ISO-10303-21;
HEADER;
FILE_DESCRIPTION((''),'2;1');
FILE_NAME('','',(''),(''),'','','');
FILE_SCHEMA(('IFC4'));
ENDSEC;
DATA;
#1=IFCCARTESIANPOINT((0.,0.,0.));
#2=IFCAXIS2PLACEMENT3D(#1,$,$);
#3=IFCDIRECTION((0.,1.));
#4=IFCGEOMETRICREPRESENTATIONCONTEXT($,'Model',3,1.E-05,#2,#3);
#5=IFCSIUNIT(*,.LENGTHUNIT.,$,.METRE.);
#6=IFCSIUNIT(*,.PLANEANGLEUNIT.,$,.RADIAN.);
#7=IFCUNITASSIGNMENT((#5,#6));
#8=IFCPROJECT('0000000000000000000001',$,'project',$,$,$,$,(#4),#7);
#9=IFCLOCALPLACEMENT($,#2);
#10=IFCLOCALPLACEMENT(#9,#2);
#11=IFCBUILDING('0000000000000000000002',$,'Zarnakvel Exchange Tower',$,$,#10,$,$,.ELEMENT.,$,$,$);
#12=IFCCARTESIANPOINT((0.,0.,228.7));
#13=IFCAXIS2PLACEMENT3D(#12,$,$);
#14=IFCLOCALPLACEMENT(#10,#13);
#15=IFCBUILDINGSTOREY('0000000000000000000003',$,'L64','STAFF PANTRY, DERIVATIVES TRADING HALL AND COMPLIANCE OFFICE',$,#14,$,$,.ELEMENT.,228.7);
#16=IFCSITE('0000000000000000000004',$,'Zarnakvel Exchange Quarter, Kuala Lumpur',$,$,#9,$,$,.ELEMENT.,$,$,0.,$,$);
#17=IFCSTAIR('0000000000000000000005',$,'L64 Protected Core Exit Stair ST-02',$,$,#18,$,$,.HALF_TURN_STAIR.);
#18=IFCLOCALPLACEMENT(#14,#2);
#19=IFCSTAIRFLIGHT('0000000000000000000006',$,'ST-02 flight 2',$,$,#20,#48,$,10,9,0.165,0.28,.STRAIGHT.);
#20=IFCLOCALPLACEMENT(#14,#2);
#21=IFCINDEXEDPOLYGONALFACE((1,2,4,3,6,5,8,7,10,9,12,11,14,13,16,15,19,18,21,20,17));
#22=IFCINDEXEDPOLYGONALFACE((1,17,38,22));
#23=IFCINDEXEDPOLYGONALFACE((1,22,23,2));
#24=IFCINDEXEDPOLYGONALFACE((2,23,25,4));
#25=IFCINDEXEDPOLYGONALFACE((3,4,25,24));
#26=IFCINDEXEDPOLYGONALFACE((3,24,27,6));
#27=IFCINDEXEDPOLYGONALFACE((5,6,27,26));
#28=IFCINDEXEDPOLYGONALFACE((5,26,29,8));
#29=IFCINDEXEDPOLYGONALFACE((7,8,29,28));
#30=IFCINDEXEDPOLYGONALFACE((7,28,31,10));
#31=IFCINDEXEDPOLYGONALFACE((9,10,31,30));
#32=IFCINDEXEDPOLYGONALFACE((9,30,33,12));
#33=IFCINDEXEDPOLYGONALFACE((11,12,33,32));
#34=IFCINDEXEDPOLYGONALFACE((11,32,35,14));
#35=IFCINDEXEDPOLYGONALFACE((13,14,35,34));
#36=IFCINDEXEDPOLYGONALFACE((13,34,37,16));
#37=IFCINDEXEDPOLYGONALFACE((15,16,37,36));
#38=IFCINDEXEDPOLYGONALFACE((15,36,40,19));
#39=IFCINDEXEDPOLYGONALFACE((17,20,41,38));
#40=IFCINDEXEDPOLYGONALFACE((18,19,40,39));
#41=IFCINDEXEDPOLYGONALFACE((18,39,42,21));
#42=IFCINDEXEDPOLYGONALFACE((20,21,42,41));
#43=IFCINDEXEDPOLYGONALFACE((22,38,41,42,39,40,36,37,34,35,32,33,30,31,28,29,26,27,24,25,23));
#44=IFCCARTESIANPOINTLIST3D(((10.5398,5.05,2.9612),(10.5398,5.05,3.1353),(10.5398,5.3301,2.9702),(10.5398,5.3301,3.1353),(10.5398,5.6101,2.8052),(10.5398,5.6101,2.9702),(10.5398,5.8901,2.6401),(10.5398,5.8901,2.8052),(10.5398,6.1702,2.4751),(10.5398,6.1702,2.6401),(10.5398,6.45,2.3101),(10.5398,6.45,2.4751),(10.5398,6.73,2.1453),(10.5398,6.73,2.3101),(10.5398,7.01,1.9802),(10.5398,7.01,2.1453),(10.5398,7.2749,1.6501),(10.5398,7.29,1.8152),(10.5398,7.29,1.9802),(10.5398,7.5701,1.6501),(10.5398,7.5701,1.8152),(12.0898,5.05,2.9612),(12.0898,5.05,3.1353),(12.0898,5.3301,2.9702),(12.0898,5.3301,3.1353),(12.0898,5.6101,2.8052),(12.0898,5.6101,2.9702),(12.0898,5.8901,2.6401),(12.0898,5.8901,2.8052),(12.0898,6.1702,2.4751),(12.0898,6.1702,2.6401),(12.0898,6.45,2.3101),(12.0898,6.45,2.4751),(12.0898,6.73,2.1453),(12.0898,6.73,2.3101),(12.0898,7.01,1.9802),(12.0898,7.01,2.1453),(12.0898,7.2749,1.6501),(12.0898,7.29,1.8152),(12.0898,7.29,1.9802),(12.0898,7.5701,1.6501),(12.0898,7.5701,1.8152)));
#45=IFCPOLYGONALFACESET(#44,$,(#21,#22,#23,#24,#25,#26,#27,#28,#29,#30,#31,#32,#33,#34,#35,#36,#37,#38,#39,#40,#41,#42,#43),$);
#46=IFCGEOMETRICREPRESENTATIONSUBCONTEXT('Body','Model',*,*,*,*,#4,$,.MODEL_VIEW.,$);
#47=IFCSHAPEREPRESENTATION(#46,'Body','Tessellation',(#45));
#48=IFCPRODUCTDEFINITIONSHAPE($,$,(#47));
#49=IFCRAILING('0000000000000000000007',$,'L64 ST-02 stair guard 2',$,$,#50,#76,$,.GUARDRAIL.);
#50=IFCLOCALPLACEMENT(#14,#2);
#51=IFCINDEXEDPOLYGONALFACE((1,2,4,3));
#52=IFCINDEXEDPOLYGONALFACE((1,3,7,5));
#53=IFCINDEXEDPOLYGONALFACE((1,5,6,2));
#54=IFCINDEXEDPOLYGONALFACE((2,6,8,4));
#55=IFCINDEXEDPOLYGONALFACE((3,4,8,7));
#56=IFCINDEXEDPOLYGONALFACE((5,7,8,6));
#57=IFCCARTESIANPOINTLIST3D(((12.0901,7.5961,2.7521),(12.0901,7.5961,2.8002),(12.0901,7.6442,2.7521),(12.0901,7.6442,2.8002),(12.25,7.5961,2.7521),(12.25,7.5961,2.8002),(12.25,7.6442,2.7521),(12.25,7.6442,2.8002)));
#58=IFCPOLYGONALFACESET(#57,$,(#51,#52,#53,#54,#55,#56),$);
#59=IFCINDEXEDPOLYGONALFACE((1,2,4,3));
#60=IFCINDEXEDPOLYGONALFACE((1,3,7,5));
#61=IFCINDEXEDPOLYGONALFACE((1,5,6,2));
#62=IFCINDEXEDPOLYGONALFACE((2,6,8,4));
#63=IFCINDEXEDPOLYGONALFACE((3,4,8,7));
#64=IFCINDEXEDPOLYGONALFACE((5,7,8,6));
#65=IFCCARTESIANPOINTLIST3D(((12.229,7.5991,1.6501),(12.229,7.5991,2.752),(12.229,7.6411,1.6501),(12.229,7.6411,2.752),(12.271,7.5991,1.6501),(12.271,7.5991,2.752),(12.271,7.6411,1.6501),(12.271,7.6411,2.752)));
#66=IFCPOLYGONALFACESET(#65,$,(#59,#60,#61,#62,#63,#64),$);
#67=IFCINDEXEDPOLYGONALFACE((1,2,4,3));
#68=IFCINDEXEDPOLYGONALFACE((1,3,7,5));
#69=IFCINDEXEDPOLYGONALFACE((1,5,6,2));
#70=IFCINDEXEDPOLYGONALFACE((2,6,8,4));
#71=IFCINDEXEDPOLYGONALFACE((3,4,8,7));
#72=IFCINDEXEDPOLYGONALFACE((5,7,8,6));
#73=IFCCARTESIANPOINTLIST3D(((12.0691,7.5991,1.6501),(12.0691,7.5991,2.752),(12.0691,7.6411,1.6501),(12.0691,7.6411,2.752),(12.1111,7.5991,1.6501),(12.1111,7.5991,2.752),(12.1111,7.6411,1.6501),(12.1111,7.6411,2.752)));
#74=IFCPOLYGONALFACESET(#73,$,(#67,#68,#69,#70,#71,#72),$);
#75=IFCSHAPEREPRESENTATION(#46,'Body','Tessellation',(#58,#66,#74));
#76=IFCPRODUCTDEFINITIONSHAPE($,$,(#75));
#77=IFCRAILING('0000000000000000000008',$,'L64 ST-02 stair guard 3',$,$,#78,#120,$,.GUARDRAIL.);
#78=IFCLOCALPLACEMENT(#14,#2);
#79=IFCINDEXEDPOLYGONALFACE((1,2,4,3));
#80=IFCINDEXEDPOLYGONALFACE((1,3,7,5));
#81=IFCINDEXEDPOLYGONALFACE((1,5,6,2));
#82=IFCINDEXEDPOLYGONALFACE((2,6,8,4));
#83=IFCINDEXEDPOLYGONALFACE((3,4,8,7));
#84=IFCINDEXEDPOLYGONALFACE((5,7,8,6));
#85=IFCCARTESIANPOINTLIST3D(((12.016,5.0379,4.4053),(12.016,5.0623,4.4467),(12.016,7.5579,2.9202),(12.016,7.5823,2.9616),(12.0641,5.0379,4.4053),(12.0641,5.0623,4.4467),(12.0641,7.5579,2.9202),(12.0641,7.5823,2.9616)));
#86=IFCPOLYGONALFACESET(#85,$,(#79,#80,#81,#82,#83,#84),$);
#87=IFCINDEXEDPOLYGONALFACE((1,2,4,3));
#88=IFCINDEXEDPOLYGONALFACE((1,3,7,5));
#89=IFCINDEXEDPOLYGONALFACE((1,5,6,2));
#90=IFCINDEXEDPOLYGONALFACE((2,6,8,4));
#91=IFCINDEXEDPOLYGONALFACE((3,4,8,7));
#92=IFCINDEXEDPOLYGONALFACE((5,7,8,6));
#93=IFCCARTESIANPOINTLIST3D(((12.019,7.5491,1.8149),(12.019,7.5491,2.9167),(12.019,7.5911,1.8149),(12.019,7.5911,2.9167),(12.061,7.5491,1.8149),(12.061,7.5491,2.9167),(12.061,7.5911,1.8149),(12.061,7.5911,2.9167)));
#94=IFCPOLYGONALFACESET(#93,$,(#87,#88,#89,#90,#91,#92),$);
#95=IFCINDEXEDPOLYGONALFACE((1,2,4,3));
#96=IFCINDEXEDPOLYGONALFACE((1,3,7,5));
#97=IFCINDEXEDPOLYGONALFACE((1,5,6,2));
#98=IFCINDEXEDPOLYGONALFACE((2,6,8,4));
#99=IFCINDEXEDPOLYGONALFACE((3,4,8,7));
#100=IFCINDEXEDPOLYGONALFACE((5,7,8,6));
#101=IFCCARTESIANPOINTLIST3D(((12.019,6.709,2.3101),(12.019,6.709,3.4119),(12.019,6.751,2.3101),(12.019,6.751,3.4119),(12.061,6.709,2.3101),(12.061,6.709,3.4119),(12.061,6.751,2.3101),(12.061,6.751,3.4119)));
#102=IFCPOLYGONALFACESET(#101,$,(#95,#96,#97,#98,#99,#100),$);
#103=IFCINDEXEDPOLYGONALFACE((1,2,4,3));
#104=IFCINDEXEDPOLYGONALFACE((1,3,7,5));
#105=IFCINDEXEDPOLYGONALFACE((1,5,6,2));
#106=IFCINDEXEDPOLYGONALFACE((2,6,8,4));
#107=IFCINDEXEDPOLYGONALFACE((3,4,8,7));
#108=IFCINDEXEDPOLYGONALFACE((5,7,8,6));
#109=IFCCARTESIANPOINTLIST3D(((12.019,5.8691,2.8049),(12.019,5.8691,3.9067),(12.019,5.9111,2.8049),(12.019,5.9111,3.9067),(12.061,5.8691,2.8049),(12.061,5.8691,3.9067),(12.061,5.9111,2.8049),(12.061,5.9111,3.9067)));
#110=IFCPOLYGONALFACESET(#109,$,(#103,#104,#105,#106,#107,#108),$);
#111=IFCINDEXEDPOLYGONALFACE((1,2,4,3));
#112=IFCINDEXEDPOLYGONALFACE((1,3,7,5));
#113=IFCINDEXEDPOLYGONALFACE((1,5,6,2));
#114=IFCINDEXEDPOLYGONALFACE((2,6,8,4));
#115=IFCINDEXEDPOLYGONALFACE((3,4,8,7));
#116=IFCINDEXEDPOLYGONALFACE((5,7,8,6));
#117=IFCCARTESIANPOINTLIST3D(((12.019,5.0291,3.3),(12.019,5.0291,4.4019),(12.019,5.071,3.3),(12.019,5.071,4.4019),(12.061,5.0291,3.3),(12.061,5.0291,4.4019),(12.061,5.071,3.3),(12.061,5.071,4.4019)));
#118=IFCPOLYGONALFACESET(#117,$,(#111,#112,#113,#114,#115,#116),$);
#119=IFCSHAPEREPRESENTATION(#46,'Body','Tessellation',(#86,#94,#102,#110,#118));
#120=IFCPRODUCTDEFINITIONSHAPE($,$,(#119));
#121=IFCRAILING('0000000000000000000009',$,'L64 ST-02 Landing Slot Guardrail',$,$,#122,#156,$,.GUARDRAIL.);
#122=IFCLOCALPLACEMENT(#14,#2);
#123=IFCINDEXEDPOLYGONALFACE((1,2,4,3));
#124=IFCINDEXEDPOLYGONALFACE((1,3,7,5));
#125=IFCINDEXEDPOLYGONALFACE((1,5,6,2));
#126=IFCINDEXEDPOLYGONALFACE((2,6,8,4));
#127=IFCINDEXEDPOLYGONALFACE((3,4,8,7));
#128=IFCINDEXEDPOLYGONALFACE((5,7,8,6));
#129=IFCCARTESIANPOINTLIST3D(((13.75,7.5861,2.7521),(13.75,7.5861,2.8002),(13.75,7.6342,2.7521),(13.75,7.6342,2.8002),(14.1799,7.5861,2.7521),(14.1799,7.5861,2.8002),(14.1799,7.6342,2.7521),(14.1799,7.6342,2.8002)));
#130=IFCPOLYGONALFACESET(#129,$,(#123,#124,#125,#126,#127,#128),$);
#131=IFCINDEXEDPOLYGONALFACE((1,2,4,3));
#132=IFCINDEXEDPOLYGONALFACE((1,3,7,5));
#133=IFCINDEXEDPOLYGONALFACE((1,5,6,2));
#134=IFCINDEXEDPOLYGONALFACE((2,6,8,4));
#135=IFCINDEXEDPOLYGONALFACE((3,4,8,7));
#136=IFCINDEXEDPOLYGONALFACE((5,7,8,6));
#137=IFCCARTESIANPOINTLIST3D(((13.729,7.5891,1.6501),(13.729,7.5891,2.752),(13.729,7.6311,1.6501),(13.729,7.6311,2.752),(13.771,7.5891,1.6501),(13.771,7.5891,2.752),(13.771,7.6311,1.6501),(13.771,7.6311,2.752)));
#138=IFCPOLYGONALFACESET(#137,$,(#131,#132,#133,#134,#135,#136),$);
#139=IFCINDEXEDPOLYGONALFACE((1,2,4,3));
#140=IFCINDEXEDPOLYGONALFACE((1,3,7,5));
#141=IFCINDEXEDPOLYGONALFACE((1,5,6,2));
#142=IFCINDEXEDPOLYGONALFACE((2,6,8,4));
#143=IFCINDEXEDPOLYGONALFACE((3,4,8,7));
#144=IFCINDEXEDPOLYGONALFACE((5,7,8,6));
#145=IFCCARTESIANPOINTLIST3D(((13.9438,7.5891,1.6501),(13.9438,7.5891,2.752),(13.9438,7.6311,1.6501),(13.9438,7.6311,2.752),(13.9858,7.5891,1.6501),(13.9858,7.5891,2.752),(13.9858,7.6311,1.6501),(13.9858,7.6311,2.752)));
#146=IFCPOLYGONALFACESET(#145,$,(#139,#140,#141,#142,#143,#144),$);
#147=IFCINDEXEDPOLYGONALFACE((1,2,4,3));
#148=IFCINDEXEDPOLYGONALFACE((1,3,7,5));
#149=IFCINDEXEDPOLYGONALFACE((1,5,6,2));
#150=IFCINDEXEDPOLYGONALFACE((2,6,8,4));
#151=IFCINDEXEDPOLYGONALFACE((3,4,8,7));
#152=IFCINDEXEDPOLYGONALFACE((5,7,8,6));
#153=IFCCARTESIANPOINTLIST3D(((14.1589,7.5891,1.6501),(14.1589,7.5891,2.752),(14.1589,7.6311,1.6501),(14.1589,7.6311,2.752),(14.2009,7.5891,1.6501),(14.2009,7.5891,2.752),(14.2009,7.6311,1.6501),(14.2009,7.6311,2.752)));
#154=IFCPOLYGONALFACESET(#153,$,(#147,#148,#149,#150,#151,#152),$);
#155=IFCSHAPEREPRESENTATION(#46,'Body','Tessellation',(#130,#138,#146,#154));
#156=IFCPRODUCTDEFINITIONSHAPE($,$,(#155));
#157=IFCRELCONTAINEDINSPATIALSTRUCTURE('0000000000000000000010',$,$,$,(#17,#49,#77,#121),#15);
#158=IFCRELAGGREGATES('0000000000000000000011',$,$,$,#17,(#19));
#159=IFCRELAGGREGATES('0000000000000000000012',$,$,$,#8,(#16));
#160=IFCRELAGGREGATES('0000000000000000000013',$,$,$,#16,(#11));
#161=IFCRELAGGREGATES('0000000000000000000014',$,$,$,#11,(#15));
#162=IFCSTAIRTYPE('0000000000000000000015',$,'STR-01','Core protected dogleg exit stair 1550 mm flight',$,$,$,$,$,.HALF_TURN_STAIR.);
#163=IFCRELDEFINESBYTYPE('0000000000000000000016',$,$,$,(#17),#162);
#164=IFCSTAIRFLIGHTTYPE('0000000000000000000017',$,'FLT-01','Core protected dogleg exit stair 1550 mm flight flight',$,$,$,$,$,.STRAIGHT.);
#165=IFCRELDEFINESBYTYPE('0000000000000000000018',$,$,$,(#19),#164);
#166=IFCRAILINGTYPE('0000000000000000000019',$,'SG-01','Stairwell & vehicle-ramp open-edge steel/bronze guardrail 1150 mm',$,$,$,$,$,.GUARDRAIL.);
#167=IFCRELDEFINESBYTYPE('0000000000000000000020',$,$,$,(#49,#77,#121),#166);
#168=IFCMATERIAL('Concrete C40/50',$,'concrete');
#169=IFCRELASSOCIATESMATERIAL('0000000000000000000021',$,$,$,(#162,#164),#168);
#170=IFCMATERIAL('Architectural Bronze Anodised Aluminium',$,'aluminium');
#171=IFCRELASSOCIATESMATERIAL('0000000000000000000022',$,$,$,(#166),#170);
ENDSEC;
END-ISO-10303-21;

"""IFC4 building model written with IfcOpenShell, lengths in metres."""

from ifc_helpers import new_model, si_unit, direction, frame, origin, origin_2d, place, context, subcontext, project, spatial, polyline, rectangle, outline, extrude, material, type_object, element, aggregate, save


model = new_model("IFC4")

# Units and contexts
model_context = context("Model", 3, precision=1e-05, world=origin(), true_north=direction((0.0, 1.0)))
body_context = subcontext(model_context, "Body", "Model", "MODEL_VIEW")
ifc_project = project(units=[si_unit("LENGTHUNIT", "METRE"), si_unit("PLANEANGLEUNIT", "RADIAN")], contexts=[model_context])

# Site, building, storey
site_placement = place(None, origin())
site = spatial("IfcSite", under=ifc_project, at=site_placement, Name="Zarnakvel Exchange Quarter, Kuala Lumpur", CompositionType="ELEMENT", RefElevation=0.0)
building_placement = place(site_placement, origin())
building = spatial("IfcBuilding", under=site, at=building_placement, Name="Zarnakvel Exchange Tower", CompositionType="ELEMENT")
storey_placement = place(building_placement, frame((0.0, 0.0, 228.7)))
storey = spatial("IfcBuildingStorey", under=building, at=storey_placement, Name="L64", Description="STAFF PANTRY, DERIVATIVES TRADING HALL AND COMPLIANCE OFFICE", CompositionType="ELEMENT", Elevation=228.7)

# Shared definitions
ifc_material_1 = material(Name="Architectural Bronze Anodised Aluminium", Category="aluminium")

# Shared definitions
ifc_material_2 = material(Name="Concrete C40/50", Category="concrete")

# Stair, stair flight
stair_type = type_object("IfcStairType", Name="STR-01", Description="Core protected dogleg exit stair 1550 mm flight", PredefinedType="HALF_TURN_STAIR", material=ifc_material_2)
stair_placement = place(storey_placement, origin())
stair = element("IfcStair", 1, at=stair_placement, inside=storey, type_object=stair_type, Name="L64 Protected Core Exit Stair ST-02", PredefinedType="HALF_TURN_STAIR")
stair_flight_type = type_object("IfcStairFlightType", Name="FLT-01", Description="Core protected dogleg exit stair 1550 mm flight flight", PredefinedType="STRAIGHT", material=ifc_material_2)
stair_flight_placement = place(storey_placement, frame((11.3149, 7.5701, 1.6501), z_axis=(0.0, 0.0, 1.0), x_axis=(0.0, -1.0, 0.0)))
stair_flight = element("IfcStairFlight", 2, at=stair_flight_placement, type_object=stair_flight_type, Name="ST-02 flight 2", NumberOfRisers=10, NumberOfTreads=9, PredefinedType="STRAIGHT", RiserHeight=0.165, TreadLength=0.28, context=body_context, shape_type="SweptSolid", body=[
    extrude(outline(polyline([(0.0, 0.0), (0.0, 0.165), (0.28, 0.165), (0.28, 0.3301), (0.5601, 0.3301), (0.5601, 0.4951), (0.8401, 0.4951), (0.8401, 0.6599), (1.1201, 0.6599), (1.1201, 0.825), (1.3999, 0.825), (1.3999, 0.99), (1.6799, 0.99), (1.6799, 1.155), (1.96, 1.155), (1.96, 1.3201), (2.24, 1.3201), (2.24, 1.4851), (2.52, 1.4851), (2.52, 1.6499), (2.52, 1.311), (0.2952, 0.0), (0.0, 0.0)])), frame((0.0, 0.7749, 0.0), z_axis=(0.0, -1.0, 0.0), x_axis=(1.0, 0.0, 0.0)), (0.0, 0.0, 1.0), 1.55),
])
aggregate(stair, [stair_flight])

# Railings
railing_type = type_object("IfcRailingType", Name="SG-01", Description="Stairwell & vehicle-ramp open-edge steel/bronze guardrail 1150 mm", PredefinedType="GUARDRAIL", material=ifc_material_1)
railing_1_placement = place(storey_placement, frame((12.25, 7.6201, 1.6501)))
element("IfcRailing", 3, at=railing_1_placement, inside=storey, type_object=railing_type, Name="L64 ST-02 stair guard 2", PredefinedType="GUARDRAIL", context=body_context, shape_type="SweptSolid", body=[
    extrude(rectangle(XDim=0.0481, YDim=0.0481, at=origin_2d()), frame((0.0, 0.0, 1.126), z_axis=(-1.0, 0.0, 0.0), x_axis=(0.0, -1.0, 0.0)), (0.0, 0.0, 1.0), 0.1599),
    extrude(rectangle(XDim=0.042, YDim=0.042, at=origin_2d()), origin(), (0.0, 0.0, 1.0), 1.1018),
    extrude(rectangle(XDim=0.042, YDim=0.042, at=origin_2d()), frame((-0.1599, 0.0, 0.0)), (0.0, 0.0, 1.0), 1.1018),
])
railing_2_placement = place(storey_placement, frame((12.04, 7.5701, 1.8149)))
element("IfcRailing", 4, at=railing_2_placement, inside=storey, type_object=railing_type, Name="L64 ST-02 stair guard 3", PredefinedType="GUARDRAIL", context=body_context, shape_type="SweptSolid", body=[
    extrude(rectangle(XDim=0.0481, YDim=0.0481, at=origin_2d()), frame((0.0, 0.0, 1.126), z_axis=(0.0, -0.861524, 0.507717), x_axis=(1.0, 0.0, 0.0)), (0.0, 0.0, 1.0), 2.925),
    extrude(rectangle(XDim=0.042, YDim=0.042, at=origin_2d()), origin(), (0.0, 0.0, 1.0), 1.1018),
    extrude(rectangle(XDim=0.042, YDim=0.042, at=origin_2d()), frame((0.0, -0.8401, 0.4951)), (0.0, 0.0, 1.0), 1.1018),
    extrude(rectangle(XDim=0.042, YDim=0.042, at=origin_2d()), frame((0.0, -1.6799, 0.99)), (0.0, 0.0, 1.0), 1.1018),
    extrude(rectangle(XDim=0.042, YDim=0.042, at=origin_2d()), frame((0.0, -2.52, 1.4851)), (0.0, 0.0, 1.0), 1.1018),
])
railing_3_placement = place(storey_placement, frame((13.75, 7.6101, 1.6501)))
element("IfcRailing", 5, at=railing_3_placement, inside=storey, type_object=railing_type, Name="L64 ST-02 Landing Slot Guardrail", PredefinedType="GUARDRAIL", context=body_context, shape_type="SweptSolid", body=[
    extrude(rectangle(XDim=0.0481, YDim=0.0481, at=origin_2d()), frame((0.0, 0.0, 1.126), z_axis=(1.0, 0.0, 0.0), x_axis=(0.0, 1.0, 0.0)), (0.0, 0.0, 1.0), 0.4299),
    extrude(rectangle(XDim=0.042, YDim=0.042, at=origin_2d()), origin(), (0.0, 0.0, 1.0), 1.1018),
    extrude(rectangle(XDim=0.042, YDim=0.042, at=origin_2d()), frame((0.2148, 0.0, 0.0)), (0.0, 0.0, 1.0), 1.1018),
    extrude(rectangle(XDim=0.042, YDim=0.042, at=origin_2d()), frame((0.4299, 0.0, 0.0)), (0.0, 0.0, 1.0), 1.1018),
])

save(model, "model.ifc")
